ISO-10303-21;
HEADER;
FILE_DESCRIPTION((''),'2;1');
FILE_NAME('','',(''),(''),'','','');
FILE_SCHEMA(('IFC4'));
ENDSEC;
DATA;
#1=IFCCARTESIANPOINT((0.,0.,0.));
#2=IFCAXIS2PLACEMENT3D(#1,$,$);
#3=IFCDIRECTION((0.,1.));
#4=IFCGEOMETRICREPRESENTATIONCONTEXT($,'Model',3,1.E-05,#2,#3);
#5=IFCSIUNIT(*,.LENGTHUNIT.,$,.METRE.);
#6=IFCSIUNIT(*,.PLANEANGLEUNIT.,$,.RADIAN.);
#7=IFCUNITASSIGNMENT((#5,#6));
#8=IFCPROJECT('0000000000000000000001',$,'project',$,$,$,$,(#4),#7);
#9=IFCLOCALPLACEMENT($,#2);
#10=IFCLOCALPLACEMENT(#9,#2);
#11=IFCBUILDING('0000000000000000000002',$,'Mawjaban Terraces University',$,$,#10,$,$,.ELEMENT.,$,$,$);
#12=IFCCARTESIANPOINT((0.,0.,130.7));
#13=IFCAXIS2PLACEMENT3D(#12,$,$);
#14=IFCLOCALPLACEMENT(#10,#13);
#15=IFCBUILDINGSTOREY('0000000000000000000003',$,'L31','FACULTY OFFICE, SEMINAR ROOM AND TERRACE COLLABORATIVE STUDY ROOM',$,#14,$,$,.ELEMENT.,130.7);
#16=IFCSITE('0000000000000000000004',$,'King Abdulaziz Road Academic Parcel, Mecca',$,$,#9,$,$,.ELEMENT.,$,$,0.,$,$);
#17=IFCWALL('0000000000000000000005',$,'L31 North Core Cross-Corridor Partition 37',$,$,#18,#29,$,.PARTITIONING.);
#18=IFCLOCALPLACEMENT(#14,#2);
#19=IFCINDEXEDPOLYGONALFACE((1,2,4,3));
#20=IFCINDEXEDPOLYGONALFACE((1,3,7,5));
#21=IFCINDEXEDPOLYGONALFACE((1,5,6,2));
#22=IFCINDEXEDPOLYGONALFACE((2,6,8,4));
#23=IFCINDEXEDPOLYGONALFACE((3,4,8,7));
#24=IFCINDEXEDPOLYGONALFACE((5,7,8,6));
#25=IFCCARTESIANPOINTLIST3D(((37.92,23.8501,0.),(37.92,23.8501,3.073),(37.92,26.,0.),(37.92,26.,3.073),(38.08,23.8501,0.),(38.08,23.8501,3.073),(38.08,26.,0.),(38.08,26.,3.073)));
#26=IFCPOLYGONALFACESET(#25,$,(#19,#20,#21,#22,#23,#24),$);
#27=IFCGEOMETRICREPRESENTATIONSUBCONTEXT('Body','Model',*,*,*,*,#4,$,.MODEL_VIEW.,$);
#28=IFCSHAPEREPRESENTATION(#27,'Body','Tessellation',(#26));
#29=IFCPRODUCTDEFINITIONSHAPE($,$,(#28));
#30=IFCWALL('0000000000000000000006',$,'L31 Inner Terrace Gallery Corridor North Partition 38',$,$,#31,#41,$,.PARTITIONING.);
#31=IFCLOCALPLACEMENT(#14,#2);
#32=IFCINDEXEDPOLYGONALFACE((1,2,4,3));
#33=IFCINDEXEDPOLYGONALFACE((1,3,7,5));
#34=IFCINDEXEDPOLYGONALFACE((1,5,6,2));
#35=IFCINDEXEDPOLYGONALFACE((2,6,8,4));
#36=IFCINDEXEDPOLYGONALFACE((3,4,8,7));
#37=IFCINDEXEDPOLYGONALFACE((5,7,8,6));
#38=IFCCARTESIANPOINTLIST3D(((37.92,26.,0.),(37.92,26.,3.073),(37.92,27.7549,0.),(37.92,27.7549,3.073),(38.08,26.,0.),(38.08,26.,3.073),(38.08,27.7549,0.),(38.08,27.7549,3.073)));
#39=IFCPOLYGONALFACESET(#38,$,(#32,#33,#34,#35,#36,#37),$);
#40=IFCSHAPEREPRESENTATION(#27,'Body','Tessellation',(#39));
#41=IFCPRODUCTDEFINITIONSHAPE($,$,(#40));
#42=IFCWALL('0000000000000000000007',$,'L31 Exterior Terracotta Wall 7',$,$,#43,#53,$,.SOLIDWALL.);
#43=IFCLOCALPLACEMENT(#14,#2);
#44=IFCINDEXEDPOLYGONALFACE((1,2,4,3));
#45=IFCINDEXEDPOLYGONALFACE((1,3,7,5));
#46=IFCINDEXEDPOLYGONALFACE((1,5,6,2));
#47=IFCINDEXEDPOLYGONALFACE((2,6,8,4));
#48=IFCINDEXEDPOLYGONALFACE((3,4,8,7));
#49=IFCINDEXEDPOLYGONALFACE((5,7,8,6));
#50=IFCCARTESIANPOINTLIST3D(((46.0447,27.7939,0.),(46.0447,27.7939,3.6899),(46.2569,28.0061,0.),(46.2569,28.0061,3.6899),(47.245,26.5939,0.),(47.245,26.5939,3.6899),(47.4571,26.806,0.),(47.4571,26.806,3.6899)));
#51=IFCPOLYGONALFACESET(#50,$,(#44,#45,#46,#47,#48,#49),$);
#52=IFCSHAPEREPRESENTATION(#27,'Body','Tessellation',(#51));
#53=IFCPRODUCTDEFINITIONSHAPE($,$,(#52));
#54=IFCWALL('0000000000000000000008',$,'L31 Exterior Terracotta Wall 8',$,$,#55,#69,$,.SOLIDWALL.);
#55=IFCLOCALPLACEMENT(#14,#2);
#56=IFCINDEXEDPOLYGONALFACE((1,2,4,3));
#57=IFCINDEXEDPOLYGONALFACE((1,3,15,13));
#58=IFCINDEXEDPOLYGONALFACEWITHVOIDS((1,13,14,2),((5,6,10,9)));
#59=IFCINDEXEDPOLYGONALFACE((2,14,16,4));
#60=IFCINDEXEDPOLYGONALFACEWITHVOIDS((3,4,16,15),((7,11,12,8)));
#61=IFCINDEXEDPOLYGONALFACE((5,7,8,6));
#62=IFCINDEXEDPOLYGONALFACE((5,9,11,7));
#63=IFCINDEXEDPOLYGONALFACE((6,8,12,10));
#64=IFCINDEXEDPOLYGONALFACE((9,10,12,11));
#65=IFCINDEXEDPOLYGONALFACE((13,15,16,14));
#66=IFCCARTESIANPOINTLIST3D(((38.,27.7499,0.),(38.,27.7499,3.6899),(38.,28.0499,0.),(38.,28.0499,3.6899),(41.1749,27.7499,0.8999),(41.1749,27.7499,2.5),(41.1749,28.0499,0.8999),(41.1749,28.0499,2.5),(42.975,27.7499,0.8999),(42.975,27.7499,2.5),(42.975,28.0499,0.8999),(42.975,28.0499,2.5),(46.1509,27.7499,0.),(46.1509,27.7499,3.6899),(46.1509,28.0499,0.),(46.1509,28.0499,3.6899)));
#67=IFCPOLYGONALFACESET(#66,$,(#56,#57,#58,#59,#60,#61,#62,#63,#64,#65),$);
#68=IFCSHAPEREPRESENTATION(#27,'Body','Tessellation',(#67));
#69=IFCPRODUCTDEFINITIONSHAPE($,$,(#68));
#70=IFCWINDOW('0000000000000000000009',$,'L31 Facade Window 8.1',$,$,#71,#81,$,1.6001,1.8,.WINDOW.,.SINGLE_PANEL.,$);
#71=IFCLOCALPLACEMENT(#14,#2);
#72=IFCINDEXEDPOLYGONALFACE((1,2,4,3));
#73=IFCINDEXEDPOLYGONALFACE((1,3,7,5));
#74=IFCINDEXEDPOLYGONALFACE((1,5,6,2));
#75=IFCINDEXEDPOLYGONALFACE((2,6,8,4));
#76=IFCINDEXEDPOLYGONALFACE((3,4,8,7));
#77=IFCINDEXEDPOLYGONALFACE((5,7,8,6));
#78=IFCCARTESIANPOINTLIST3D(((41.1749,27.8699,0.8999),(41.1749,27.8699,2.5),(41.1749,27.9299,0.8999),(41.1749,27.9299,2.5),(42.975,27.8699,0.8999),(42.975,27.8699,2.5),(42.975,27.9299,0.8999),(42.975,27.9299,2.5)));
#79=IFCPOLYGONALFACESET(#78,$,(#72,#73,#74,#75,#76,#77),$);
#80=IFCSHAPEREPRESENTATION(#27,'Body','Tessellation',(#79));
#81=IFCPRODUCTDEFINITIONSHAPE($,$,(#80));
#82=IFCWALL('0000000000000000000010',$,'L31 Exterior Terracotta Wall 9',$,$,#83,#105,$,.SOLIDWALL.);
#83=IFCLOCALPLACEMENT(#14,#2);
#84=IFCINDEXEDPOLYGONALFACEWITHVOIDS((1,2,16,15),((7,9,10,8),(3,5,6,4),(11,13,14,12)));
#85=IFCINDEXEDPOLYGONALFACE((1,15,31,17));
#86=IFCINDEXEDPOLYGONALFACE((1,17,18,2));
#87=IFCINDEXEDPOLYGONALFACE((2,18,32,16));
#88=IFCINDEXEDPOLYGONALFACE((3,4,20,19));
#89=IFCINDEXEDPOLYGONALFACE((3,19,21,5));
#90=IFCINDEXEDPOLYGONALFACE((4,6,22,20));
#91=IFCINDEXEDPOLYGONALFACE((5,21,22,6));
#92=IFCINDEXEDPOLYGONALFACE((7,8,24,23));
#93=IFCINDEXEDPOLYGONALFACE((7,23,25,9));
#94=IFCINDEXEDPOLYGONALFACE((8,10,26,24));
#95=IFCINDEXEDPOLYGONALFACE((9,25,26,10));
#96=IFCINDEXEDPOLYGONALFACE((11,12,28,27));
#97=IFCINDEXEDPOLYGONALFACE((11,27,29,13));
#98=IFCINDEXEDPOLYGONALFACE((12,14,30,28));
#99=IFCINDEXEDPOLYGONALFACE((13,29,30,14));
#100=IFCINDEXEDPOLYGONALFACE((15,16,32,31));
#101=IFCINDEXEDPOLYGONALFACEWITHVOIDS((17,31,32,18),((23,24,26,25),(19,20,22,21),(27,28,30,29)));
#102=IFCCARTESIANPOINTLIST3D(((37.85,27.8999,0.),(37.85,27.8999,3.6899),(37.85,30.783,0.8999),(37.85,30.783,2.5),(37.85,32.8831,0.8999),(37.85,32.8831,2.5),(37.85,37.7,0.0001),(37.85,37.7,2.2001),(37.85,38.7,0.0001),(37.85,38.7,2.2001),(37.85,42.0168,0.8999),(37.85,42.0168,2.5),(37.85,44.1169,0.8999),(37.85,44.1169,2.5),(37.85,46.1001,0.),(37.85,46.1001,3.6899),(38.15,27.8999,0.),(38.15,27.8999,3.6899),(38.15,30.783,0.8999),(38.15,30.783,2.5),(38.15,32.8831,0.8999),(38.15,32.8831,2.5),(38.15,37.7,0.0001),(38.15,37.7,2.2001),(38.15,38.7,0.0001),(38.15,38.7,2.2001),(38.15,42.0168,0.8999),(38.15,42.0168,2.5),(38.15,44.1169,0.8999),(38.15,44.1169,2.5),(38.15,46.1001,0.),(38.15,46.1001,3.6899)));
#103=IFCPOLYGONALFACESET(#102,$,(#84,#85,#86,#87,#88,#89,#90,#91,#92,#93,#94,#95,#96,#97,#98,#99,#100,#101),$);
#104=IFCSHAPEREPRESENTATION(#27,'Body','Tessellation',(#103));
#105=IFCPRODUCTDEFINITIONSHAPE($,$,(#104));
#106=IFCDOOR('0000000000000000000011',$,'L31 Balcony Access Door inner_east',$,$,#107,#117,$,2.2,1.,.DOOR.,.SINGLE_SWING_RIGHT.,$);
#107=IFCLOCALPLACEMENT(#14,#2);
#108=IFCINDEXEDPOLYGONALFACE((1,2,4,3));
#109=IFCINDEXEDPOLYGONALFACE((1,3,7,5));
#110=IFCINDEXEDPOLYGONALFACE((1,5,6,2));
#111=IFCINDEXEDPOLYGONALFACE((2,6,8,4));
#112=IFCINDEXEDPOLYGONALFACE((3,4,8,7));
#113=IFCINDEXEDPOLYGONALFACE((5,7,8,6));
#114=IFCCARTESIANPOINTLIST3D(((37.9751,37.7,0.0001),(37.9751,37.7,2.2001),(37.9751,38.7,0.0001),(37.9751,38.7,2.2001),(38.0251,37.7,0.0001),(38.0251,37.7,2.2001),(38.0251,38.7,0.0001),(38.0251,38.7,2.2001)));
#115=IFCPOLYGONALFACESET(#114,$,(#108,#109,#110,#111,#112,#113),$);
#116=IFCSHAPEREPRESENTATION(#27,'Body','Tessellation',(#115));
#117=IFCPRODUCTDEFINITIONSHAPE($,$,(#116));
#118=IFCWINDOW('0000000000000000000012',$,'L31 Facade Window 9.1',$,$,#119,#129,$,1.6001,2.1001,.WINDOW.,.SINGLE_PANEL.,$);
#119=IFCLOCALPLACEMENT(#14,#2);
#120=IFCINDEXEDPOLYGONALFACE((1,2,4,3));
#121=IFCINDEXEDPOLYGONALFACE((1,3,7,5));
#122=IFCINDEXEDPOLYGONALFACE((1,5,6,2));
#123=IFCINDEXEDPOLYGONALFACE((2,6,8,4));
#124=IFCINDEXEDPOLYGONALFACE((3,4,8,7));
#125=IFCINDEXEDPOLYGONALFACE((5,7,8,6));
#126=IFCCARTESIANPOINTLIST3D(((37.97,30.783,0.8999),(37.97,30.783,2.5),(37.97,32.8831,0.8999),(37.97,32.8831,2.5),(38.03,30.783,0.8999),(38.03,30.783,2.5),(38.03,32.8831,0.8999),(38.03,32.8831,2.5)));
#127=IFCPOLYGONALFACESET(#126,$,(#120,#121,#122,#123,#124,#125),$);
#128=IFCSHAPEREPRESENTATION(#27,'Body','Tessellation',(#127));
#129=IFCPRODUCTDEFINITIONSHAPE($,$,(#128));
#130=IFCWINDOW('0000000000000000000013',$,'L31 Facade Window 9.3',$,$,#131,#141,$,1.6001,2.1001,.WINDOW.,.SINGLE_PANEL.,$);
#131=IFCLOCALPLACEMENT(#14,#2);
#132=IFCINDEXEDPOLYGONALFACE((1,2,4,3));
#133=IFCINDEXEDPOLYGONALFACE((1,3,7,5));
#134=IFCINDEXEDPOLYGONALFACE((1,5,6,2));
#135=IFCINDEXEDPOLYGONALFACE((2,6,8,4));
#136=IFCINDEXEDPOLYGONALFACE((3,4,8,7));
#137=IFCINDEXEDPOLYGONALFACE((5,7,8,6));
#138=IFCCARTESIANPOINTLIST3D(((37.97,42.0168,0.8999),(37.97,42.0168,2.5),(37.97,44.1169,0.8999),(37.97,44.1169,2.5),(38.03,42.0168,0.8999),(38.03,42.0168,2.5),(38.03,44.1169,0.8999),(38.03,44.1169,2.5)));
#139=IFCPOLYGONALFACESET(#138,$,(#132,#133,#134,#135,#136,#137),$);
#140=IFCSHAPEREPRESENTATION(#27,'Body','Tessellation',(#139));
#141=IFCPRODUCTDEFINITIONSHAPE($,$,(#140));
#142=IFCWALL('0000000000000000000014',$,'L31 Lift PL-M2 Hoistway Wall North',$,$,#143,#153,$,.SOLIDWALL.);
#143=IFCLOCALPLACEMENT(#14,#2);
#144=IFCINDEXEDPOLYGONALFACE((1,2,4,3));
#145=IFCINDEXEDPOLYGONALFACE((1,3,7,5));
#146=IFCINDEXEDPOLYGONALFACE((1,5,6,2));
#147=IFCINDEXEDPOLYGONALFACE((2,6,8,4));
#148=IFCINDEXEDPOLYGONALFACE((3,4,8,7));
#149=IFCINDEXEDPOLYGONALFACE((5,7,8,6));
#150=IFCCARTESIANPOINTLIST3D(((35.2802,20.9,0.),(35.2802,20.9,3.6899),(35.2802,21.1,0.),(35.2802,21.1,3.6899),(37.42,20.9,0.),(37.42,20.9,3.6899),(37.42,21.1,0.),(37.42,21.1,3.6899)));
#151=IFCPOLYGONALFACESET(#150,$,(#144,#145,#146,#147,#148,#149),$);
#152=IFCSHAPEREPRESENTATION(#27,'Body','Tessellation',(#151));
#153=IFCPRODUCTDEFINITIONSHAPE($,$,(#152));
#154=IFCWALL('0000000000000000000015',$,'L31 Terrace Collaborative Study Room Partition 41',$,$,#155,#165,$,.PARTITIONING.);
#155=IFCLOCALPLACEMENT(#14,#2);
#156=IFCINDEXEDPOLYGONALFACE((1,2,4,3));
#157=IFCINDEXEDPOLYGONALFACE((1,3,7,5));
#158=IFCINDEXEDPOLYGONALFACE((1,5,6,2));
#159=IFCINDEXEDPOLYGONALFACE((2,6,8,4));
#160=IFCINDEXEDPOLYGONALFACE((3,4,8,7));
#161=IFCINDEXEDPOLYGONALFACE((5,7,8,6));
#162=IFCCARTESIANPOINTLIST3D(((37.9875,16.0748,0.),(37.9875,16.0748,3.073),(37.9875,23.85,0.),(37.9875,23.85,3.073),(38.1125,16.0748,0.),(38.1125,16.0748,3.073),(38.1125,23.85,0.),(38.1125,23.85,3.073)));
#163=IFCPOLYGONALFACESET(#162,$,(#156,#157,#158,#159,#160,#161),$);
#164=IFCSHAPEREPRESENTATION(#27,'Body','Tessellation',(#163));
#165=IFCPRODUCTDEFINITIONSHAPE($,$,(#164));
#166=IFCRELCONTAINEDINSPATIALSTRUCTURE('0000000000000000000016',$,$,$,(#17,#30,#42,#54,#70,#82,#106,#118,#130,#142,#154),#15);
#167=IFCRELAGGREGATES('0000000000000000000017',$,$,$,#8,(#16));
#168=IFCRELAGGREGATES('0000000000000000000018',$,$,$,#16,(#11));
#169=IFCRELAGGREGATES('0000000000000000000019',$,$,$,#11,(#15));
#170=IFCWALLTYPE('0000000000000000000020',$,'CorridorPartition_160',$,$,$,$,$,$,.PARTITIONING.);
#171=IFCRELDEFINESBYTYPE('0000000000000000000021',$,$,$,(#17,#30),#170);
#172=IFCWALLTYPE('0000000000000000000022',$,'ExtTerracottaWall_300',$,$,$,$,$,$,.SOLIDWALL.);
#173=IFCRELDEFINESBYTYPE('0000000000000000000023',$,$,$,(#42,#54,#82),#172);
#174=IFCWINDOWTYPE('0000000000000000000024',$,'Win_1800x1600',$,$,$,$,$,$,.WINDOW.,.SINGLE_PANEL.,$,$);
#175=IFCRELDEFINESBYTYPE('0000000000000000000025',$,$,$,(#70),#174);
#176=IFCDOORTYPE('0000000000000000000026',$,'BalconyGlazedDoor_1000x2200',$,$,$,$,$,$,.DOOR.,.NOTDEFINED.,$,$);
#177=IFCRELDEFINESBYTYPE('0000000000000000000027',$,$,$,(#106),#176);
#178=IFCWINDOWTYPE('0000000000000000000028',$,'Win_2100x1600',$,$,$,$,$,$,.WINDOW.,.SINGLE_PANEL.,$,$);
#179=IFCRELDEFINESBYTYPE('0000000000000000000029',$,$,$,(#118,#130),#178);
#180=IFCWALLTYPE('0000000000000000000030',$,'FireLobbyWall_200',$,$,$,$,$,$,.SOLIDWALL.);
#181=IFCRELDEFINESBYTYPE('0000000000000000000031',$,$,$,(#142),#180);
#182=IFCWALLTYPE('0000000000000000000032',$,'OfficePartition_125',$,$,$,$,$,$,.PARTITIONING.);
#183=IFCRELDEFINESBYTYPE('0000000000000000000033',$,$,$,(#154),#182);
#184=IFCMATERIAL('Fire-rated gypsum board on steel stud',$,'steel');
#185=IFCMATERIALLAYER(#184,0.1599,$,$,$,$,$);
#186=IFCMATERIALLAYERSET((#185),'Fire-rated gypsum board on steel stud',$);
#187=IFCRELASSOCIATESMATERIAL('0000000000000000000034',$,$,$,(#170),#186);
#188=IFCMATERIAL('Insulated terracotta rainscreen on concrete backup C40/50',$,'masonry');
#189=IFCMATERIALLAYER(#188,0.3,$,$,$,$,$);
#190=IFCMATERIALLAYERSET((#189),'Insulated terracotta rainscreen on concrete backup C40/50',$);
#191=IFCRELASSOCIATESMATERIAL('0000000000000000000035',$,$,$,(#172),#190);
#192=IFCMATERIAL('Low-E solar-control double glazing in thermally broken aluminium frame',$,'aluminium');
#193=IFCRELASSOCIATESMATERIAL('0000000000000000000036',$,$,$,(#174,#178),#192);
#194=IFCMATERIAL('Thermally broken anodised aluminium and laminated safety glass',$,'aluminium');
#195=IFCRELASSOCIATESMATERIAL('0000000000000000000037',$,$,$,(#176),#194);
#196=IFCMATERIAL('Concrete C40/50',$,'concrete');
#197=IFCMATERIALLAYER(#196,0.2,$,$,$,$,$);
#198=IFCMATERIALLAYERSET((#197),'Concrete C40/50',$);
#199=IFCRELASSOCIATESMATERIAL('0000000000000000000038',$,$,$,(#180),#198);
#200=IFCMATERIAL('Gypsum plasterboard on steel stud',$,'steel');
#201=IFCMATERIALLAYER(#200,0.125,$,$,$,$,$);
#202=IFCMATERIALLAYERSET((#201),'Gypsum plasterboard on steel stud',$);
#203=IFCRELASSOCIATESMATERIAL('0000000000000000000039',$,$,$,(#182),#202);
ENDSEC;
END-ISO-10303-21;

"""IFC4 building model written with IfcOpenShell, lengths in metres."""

from ifc_helpers import new_model, si_unit, direction, frame, frame_2d, origin, place, context, subcontext, project, spatial, rectangle, extrude, material, layer, layer_set, type_object, element, fill, save


model = new_model("IFC4")

# Units and contexts
model_context = context("Model", 3, precision=1e-05, world=origin(), true_north=direction((0.0, 1.0)))
body_context = subcontext(model_context, "Body", "Model", "MODEL_VIEW")
ifc_project = project(units=[si_unit("LENGTHUNIT", "METRE"), si_unit("PLANEANGLEUNIT", "RADIAN")], contexts=[model_context])

# Site, building, storey
site_placement = place(None, origin())
site = spatial("IfcSite", under=ifc_project, at=site_placement, Name="King Abdulaziz Road Academic Parcel, Mecca", CompositionType="ELEMENT", RefElevation=0.0)
building_placement = place(site_placement, origin())
building = spatial("IfcBuilding", under=site, at=building_placement, Name="Mawjaban Terraces University", CompositionType="ELEMENT")
storey_placement = place(building_placement, frame((0.0, 0.0, 130.7)))
storey = spatial("IfcBuildingStorey", under=building, at=storey_placement, Name="L31", Description="FACULTY OFFICE, SEMINAR ROOM AND TERRACE COLLABORATIVE STUDY ROOM", CompositionType="ELEMENT", Elevation=130.7)

# Shared definitions
ifc_material_1 = material(Name="Fire-rated gypsum board on steel stud", Category="steel")
ifc_layer_1 = layer(ifc_material_1, 0.1599)
ifc_layer_set_1 = layer_set([ifc_layer_1], Name="Fire-rated gypsum board on steel stud")
wall_type_1 = type_object("IfcWallType", Name="CorridorPartition_160", PredefinedType="PARTITIONING", material=ifc_layer_set_1)

# Walls
wall_1_placement = place(storey_placement, frame((38.0, 23.8501, 0.0), z_axis=(0.0, 0.0, 1.0), x_axis=(0.0, 1.0, 0.0)))
element("IfcWall", 1, at=wall_1_placement, inside=storey, type_object=wall_type_1, Name="L31 North Core Cross-Corridor Partition 37", PredefinedType="PARTITIONING", context=body_context, shape_type="SweptSolid", body=[
    extrude(rectangle(XDim=2.1499, YDim=0.1599, at=frame_2d((1.075, 0.0))), origin(), (0.0, 0.0, 1.0), 3.073),
])
wall_2_placement = place(storey_placement, frame((38.0, 26.0, 0.0), z_axis=(0.0, 0.0, 1.0), x_axis=(0.0, 1.0, 0.0)))
element("IfcWall", 2, at=wall_2_placement, inside=storey, type_object=wall_type_1, Name="L31 Inner Terrace Gallery Corridor North Partition 38", PredefinedType="PARTITIONING", context=body_context, shape_type="SweptSolid", body=[
    extrude(rectangle(XDim=1.7549, YDim=0.1599, at=frame_2d((0.8774, 0.0))), origin(), (0.0, 0.0, 1.0), 3.073),
])
ifc_material_2 = material(Name="Insulated terracotta rainscreen on concrete backup C40/50", Category="masonry")
ifc_layer_2 = layer(ifc_material_2, 0.3)
ifc_layer_set_2 = layer_set([ifc_layer_2], Name="Insulated terracotta rainscreen on concrete backup C40/50")
wall_type_2 = type_object("IfcWallType", Name="ExtTerracottaWall_300", PredefinedType="SOLIDWALL", material=ifc_layer_set_2)
wall_3_placement = place(storey_placement, frame((47.3511, 26.7, 0.0), z_axis=(0.0, 0.0, 1.0), x_axis=(-0.707179, 0.707035, 0.0)))
element("IfcWall", 3, at=wall_3_placement, inside=storey, type_object=wall_type_2, Name="L31 Exterior Terracotta Wall 7", PredefinedType="SOLIDWALL", context=body_context, shape_type="SweptSolid", body=[
    extrude(rectangle(XDim=1.6973, YDim=0.3, at=frame_2d((0.8486, 0.0))), origin(), (0.0, 0.0, 1.0), 3.6899),
])

# Wall, opening, window
wall_4_placement = place(storey_placement, frame((46.1509, 27.8999, 0.0), z_axis=(0.0, 0.0, 1.0), x_axis=(-1.0, 0.0, 0.0)))
wall_4 = element("IfcWall", 4, at=wall_4_placement, inside=storey, type_object=wall_type_2, Name="L31 Exterior Terracotta Wall 8", PredefinedType="SOLIDWALL", context=body_context, shape_type="SweptSolid", body=[
    extrude(rectangle(XDim=8.1509, YDim=0.3, at=frame_2d((4.0754, 0.0))), origin(), (0.0, 0.0, 1.0), 3.6899),
])
opening_1_placement = place(wall_4_placement, frame((3.176, 0.0, 0.8999)))
opening_1 = element("IfcOpeningElement", 5, at=opening_1_placement, cuts=wall_4, PredefinedType="OPENING", context=body_context, shape_type="SweptSolid", body=[
    extrude(rectangle(XDim=1.8, YDim=1.6001, at=frame_2d((0.8999, 0.8))), frame((0.0, 0.1599, 0.0), z_axis=(0.0, -1.0, 0.0), x_axis=(1.0, 0.0, 0.0)), (0.0, 0.0, 1.0), 0.3201),
])
ifc_material_3 = material(Name="Low-E solar-control double glazing in thermally broken aluminium frame", Category="aluminium")
window_type_1 = type_object("IfcWindowType", Name="Win_1800x1600", PartitioningType="SINGLE_PANEL", PredefinedType="WINDOW", material=ifc_material_3)
window_1_placement = place(opening_1_placement, origin())
window_1 = element("IfcWindow", 6, at=window_1_placement, inside=storey, type_object=window_type_1, Name="L31 Facade Window 8.1", OverallHeight=1.6001, OverallWidth=1.8, PartitioningType="SINGLE_PANEL", PredefinedType="WINDOW", context=body_context, shape_type="SweptSolid", body=[
    extrude(rectangle(XDim=1.8, YDim=1.6001, at=frame_2d((0.8999, 0.8))), frame((0.0, 0.03, 0.0), z_axis=(0.0, -1.0, 0.0), x_axis=(1.0, 0.0, 0.0)), (0.0, 0.0, 1.0), 0.0601),
])
fill(opening_1, window_1)

# Wall, openings, door, windows
wall_5_placement = place(storey_placement, frame((38.0, 27.8999, 0.0), z_axis=(0.0, 0.0, 1.0), x_axis=(0.0, 1.0, 0.0)))
wall_5 = element("IfcWall", 7, at=wall_5_placement, inside=storey, type_object=wall_type_2, Name="L31 Exterior Terracotta Wall 9", PredefinedType="SOLIDWALL", context=body_context, shape_type="SweptSolid", body=[
    extrude(rectangle(XDim=18.2002, YDim=0.3, at=frame_2d((9.1001, 0.0))), origin(), (0.0, 0.0, 1.0), 3.6899),
])
opening_2_placement = place(wall_5_placement, frame((9.8, 0.0, 0.0)))
opening_2 = element("IfcOpeningElement", 8, at=opening_2_placement, cuts=wall_5, PredefinedType="OPENING", context=body_context, shape_type="SweptSolid", body=[
    extrude(rectangle(XDim=1.0, YDim=2.2, at=frame_2d((0.5, 1.1001))), frame((0.0, 0.1599, 0.0), z_axis=(0.0, -1.0, 0.0), x_axis=(1.0, 0.0, 0.0)), (0.0, 0.0, 1.0), 0.3201),
])
opening_3_placement = place(wall_5_placement, frame((2.8831, 0.0, 0.8999)))
opening_3 = element("IfcOpeningElement", 9, at=opening_3_placement, cuts=wall_5, PredefinedType="OPENING", context=body_context, shape_type="SweptSolid", body=[
    extrude(rectangle(XDim=2.1001, YDim=1.6001, at=frame_2d((1.05, 0.8))), frame((0.0, 0.1599, 0.0), z_axis=(0.0, -1.0, 0.0), x_axis=(1.0, 0.0, 0.0)), (0.0, 0.0, 1.0), 0.3201),
])
opening_4_placement = place(wall_5_placement, frame((14.1169, 0.0, 0.8999)))
opening_4 = element("IfcOpeningElement", 10, at=opening_4_placement, cuts=wall_5, PredefinedType="OPENING", context=body_context, shape_type="SweptSolid", body=[
    extrude(rectangle(XDim=2.1001, YDim=1.6001, at=frame_2d((1.05, 0.8))), frame((0.0, 0.1599, 0.0), z_axis=(0.0, -1.0, 0.0), x_axis=(1.0, 0.0, 0.0)), (0.0, 0.0, 1.0), 0.3201),
])
ifc_material_4 = material(Name="Thermally broken anodised aluminium and laminated safety glass", Category="aluminium")
door_type_1 = type_object("IfcDoorType", Name="BalconyGlazedDoor_1000x2200", OperationType="NOTDEFINED", PredefinedType="DOOR", material=ifc_material_4)
door_1_placement = place(opening_2_placement, origin())
door_1 = element("IfcDoor", 11, at=door_1_placement, inside=storey, type_object=door_type_1, Name="L31 Balcony Access Door inner_east", OperationType="SINGLE_SWING_RIGHT", OverallHeight=2.2, OverallWidth=1.0, PredefinedType="DOOR", context=body_context, shape_type="SweptSolid", body=[
    extrude(rectangle(XDim=1.0, YDim=2.2, at=frame_2d((0.5, 1.1001))), frame((0.0, 0.0249, 0.0), z_axis=(0.0, -1.0, 0.0), x_axis=(1.0, 0.0, 0.0)), (0.0, 0.0, 1.0), 0.05),
])
fill(opening_2, door_1)
window_type_2 = type_object("IfcWindowType", Name="Win_2100x1600", PartitioningType="SINGLE_PANEL", PredefinedType="WINDOW", material=ifc_material_3)
window_2_placement = place(opening_3_placement, origin())
window_2 = element("IfcWindow", 12, at=window_2_placement, inside=storey, type_object=window_type_2, Name="L31 Facade Window 9.1", OverallHeight=1.6001, OverallWidth=2.1001, PartitioningType="SINGLE_PANEL", PredefinedType="WINDOW", context=body_context, shape_type="SweptSolid", body=[
    extrude(rectangle(XDim=2.1001, YDim=1.6001, at=frame_2d((1.05, 0.8))), frame((0.0, 0.03, 0.0), z_axis=(0.0, -1.0, 0.0), x_axis=(1.0, 0.0, 0.0)), (0.0, 0.0, 1.0), 0.0601),
])
fill(opening_3, window_2)
window_3_placement = place(opening_4_placement, origin())
window_3 = element("IfcWindow", 13, at=window_3_placement, inside=storey, type_object=window_type_2, Name="L31 Facade Window 9.3", OverallHeight=1.6001, OverallWidth=2.1001, PartitioningType="SINGLE_PANEL", PredefinedType="WINDOW", context=body_context, shape_type="SweptSolid", body=[
    extrude(rectangle(XDim=2.1001, YDim=1.6001, at=frame_2d((1.05, 0.8))), frame((0.0, 0.03, 0.0), z_axis=(0.0, -1.0, 0.0), x_axis=(1.0, 0.0, 0.0)), (0.0, 0.0, 1.0), 0.0601),
])
fill(opening_4, window_3)

# Walls
ifc_material_5 = material(Name="Concrete C40/50", Category="concrete")
ifc_layer_3 = layer(ifc_material_5, 0.2)
ifc_layer_set_3 = layer_set([ifc_layer_3], Name="Concrete C40/50")
wall_type_3 = type_object("IfcWallType", Name="FireLobbyWall_200", PredefinedType="SOLIDWALL", material=ifc_layer_set_3)
wall_6_placement = place(storey_placement, frame((37.4199, 21.0, 0.0), z_axis=(0.0, 0.0, 1.0), x_axis=(-1.0, 0.0, 0.0)))
element("IfcWall", 14, at=wall_6_placement, inside=storey, type_object=wall_type_3, Name="L31 Lift PL-M2 Hoistway Wall North", PredefinedType="SOLIDWALL", context=body_context, shape_type="SweptSolid", body=[
    extrude(rectangle(XDim=2.1399, YDim=0.2, at=frame_2d((1.0698, 0.0))), origin(), (0.0, 0.0, 1.0), 3.6899),
])
ifc_material_6 = material(Name="Gypsum plasterboard on steel stud", Category="steel")
ifc_layer_4 = layer(ifc_material_6, 0.125)
ifc_layer_set_4 = layer_set([ifc_layer_4], Name="Gypsum plasterboard on steel stud")
wall_type_4 = type_object("IfcWallType", Name="OfficePartition_125", PredefinedType="PARTITIONING", material=ifc_layer_set_4)
wall_7_placement = place(storey_placement, frame((38.05, 23.8501, 0.0), z_axis=(0.0, 0.0, 1.0), x_axis=(0.0, -1.0, 0.0)))
element("IfcWall", 15, at=wall_7_placement, inside=storey, type_object=wall_type_4, Name="L31 Terrace Collaborative Study Room Partition 41", PredefinedType="PARTITIONING", context=body_context, shape_type="SweptSolid", body=[
    extrude(rectangle(XDim=7.7751, YDim=0.125, at=frame_2d((3.8877, 0.0))), origin(), (0.0, 0.0, 1.0), 3.073),
])

save(model, "model.ifc")
